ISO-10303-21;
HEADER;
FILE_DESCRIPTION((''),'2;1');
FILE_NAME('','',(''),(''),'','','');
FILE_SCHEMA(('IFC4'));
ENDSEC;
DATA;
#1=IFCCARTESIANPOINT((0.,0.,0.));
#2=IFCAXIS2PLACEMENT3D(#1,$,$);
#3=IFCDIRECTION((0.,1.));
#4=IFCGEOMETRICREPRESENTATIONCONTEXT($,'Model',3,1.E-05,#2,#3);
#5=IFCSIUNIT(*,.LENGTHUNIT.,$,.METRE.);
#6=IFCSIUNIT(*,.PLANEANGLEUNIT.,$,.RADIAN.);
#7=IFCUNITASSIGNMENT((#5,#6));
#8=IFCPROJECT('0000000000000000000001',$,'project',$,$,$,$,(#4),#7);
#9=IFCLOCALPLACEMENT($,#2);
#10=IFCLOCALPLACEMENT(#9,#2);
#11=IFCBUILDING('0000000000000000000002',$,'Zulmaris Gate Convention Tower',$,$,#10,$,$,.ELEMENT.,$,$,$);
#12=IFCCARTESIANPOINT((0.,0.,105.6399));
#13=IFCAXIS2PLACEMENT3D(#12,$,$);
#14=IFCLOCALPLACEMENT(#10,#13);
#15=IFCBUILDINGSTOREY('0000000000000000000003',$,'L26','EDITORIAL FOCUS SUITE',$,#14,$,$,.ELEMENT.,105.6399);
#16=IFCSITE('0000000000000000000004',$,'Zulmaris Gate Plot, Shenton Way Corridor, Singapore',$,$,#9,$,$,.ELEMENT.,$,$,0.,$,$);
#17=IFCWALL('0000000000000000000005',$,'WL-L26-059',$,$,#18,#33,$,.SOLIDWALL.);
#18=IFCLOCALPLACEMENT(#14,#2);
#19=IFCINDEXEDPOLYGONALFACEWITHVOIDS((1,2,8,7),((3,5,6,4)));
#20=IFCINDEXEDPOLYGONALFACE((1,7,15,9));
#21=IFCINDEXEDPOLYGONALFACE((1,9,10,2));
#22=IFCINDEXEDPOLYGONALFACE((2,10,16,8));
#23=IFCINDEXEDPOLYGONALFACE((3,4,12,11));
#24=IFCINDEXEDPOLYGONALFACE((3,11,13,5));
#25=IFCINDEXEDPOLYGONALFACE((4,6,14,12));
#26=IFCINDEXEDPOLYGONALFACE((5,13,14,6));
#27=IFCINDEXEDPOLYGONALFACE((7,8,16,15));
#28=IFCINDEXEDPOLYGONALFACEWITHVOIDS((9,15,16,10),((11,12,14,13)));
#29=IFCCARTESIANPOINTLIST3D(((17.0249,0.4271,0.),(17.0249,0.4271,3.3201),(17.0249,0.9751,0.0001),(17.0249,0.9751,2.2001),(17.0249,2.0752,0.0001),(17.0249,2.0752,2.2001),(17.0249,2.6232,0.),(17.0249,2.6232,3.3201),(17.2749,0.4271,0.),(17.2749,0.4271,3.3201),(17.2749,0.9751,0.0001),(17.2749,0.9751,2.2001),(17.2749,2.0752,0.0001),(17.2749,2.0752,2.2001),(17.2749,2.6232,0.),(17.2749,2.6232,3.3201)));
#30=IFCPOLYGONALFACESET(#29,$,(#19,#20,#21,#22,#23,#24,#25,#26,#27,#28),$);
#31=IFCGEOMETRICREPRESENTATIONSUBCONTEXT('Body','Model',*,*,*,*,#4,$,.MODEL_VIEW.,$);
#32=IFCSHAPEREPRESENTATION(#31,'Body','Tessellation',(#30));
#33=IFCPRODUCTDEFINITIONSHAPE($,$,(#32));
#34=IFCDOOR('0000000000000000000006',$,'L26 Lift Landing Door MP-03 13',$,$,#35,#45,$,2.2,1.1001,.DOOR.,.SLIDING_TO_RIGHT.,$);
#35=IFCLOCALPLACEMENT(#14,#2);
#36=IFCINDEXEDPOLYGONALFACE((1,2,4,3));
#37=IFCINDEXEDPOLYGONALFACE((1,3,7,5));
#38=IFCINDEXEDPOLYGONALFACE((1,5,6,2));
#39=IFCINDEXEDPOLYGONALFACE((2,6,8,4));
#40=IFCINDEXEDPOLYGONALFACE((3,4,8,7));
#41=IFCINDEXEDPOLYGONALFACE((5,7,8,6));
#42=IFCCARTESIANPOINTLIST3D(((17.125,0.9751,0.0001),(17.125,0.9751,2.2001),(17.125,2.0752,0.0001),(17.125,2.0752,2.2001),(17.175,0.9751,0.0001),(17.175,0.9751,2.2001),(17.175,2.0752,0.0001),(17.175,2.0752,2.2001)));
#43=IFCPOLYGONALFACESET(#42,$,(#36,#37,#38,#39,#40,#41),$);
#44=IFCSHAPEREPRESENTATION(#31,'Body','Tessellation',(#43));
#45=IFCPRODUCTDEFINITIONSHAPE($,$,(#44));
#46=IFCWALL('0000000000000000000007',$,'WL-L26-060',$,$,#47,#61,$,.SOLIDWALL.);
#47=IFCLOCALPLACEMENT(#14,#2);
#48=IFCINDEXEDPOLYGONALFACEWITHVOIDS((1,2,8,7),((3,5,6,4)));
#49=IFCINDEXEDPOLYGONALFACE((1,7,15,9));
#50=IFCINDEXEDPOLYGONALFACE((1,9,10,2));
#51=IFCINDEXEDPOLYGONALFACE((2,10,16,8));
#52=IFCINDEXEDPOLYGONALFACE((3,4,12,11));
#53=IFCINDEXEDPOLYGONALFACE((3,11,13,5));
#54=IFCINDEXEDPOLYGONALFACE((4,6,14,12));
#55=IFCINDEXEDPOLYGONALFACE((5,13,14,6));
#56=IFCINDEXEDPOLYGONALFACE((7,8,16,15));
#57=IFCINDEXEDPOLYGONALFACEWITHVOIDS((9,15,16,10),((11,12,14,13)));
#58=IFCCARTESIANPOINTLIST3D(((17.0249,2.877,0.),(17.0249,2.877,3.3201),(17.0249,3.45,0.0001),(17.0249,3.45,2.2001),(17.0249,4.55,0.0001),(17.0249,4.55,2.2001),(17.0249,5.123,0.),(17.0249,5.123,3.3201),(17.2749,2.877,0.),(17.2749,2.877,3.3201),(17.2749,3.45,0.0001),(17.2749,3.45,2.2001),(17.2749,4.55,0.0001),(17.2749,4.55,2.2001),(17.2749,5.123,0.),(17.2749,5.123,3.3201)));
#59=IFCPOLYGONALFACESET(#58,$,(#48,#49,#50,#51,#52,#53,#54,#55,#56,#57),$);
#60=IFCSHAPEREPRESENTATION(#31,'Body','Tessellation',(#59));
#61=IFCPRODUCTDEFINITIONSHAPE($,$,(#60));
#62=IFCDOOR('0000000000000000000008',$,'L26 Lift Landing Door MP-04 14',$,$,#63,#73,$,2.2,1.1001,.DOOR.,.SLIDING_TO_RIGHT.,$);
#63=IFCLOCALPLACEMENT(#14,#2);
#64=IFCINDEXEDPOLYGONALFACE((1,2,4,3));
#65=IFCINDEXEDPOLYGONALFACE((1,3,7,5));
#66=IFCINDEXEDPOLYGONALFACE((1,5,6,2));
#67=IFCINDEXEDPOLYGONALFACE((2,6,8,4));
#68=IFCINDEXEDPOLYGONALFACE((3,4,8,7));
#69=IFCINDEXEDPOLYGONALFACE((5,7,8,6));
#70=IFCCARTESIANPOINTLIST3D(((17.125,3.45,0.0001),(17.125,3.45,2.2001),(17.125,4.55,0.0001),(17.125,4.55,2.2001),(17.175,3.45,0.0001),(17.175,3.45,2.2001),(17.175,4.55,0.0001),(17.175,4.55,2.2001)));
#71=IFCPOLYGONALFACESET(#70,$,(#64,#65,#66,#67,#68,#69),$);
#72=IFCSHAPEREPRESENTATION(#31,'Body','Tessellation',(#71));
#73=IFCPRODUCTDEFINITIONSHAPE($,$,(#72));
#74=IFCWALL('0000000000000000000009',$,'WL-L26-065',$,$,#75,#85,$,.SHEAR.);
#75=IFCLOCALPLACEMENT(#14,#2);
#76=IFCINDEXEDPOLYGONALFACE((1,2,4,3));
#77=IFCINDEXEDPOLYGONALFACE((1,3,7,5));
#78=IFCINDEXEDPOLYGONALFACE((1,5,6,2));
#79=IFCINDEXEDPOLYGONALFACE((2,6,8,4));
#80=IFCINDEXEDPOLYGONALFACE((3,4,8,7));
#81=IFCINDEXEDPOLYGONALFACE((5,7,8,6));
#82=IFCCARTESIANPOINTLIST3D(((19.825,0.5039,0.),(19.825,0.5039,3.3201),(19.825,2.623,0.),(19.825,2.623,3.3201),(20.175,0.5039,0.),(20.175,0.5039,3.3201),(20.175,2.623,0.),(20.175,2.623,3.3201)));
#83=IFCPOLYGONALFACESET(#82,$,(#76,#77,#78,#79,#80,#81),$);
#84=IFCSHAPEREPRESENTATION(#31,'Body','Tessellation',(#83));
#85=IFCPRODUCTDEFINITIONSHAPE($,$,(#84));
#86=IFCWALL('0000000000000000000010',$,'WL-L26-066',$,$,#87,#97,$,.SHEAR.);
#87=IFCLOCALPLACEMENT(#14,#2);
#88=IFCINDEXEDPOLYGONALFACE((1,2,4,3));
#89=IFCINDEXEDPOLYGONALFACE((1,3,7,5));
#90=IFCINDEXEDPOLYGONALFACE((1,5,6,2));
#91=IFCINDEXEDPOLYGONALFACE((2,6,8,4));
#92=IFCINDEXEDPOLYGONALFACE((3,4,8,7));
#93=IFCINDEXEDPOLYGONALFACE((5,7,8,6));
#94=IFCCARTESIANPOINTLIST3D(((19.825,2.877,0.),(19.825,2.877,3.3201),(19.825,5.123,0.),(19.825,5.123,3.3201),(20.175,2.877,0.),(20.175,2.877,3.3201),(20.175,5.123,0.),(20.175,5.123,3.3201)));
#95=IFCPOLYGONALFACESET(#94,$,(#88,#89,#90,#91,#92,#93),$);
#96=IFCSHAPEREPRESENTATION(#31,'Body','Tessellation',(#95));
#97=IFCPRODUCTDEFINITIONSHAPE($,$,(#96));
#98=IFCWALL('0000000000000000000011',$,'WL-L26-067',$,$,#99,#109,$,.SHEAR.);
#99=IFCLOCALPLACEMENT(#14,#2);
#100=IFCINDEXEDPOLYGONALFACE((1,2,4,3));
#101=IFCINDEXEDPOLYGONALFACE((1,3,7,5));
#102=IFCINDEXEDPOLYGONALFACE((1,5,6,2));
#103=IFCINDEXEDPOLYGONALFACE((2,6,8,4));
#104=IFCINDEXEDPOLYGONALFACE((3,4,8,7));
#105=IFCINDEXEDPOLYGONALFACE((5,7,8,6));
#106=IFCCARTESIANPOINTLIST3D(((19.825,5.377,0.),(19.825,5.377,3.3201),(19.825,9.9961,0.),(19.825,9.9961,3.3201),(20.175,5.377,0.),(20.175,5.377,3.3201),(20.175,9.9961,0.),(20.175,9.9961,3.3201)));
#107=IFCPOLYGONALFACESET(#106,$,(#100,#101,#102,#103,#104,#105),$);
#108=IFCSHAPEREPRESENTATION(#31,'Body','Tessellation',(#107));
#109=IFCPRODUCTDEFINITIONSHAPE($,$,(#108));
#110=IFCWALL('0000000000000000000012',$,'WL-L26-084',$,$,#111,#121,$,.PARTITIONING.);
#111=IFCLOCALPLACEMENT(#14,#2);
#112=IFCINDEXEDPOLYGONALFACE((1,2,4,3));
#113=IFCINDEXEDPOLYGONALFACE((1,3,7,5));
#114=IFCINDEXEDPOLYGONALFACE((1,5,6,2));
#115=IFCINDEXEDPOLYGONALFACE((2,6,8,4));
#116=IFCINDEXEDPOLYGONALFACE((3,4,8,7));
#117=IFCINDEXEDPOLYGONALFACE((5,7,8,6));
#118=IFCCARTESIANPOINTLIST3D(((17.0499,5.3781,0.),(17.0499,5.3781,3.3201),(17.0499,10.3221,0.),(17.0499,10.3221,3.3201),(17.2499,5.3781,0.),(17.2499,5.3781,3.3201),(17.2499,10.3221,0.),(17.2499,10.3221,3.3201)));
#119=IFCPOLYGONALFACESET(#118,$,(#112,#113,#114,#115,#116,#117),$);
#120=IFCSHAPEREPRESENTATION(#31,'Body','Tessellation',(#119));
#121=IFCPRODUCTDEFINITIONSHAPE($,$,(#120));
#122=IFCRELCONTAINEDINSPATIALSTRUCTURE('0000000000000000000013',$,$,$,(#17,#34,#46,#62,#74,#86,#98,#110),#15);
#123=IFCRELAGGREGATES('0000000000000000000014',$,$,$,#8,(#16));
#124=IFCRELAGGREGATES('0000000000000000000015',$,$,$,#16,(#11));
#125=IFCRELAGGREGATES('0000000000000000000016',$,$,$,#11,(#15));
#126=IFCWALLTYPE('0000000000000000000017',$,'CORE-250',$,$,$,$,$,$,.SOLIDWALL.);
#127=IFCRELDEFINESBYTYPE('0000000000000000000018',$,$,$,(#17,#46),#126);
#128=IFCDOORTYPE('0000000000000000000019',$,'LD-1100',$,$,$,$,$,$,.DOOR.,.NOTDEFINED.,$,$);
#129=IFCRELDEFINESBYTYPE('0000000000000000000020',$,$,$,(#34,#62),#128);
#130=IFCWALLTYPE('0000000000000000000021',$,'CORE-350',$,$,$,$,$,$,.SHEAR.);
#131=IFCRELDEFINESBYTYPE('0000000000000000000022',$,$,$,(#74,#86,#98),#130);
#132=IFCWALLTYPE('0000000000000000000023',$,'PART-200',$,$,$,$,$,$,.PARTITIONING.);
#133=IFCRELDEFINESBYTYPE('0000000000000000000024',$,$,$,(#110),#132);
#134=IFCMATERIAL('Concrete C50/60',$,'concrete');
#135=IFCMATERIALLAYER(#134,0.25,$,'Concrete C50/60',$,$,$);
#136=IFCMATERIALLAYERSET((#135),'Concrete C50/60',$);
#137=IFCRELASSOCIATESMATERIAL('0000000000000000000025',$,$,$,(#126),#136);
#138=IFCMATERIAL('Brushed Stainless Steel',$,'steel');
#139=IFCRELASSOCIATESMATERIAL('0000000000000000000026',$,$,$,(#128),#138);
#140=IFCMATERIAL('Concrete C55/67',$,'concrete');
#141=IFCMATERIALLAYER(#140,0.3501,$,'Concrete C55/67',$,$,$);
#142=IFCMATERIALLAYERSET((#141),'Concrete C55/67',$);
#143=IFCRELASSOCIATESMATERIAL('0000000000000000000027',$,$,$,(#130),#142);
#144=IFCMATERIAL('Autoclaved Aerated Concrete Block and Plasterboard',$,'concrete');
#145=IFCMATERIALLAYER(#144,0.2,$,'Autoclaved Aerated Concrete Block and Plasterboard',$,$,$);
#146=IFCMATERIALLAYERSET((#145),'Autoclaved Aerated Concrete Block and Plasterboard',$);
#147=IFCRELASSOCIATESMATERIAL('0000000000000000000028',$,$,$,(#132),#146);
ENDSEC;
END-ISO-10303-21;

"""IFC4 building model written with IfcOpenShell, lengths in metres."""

from ifc_helpers import new_model, si_unit, direction, frame, frame_2d, origin, place, context, subcontext, project, spatial, rectangle, extrude, material, layer, layer_set, type_object, element, fill, save


model = new_model("IFC4")

# Units and contexts
model_context = context("Model", 3, precision=1e-05, world=origin(), true_north=direction((0.0, 1.0)))
body_context = subcontext(model_context, "Body", "Model", "MODEL_VIEW")
ifc_project = project(units=[si_unit("LENGTHUNIT", "METRE"), si_unit("PLANEANGLEUNIT", "RADIAN")], contexts=[model_context])

# Site, building, storey
site_placement = place(None, origin())
site = spatial("IfcSite", under=ifc_project, at=site_placement, Name="Zulmaris Gate Plot, Shenton Way Corridor, Singapore", CompositionType="ELEMENT", RefElevation=0.0)
building_placement = place(site_placement, origin())
building = spatial("IfcBuilding", under=site, at=building_placement, Name="Zulmaris Gate Convention Tower", CompositionType="ELEMENT")
storey_placement = place(building_placement, frame((0.0, 0.0, 105.6399)))
storey = spatial("IfcBuildingStorey", under=building, at=storey_placement, Name="L26", Description="EDITORIAL FOCUS SUITE", CompositionType="ELEMENT", Elevation=105.6399)

# Shared definitions
ifc_material_1 = material(Name="Concrete C50/60", Category="concrete")
ifc_layer_1 = layer(ifc_material_1, 0.25, Name="Concrete C50/60")
ifc_layer_set_1 = layer_set([ifc_layer_1], Name="Concrete C50/60")
wall_type_1 = type_object("IfcWallType", Name="CORE-250", PredefinedType="SOLIDWALL", material=ifc_layer_set_1)

# Walls, openings, doors
wall_1_placement = place(storey_placement, frame((17.1499, 0.427, 0.0), z_axis=(0.0, 0.0, 1.0), x_axis=(0.0, 1.0, 0.0)))
wall_1 = element("IfcWall", 1, at=wall_1_placement, inside=storey, type_object=wall_type_1, Name="WL-L26-059", PredefinedType="SOLIDWALL", context=body_context, shape_type="SweptSolid", body=[
    extrude(rectangle(XDim=2.196, YDim=0.25, at=frame_2d((1.0981, 0.0))), origin(), (0.0, 0.0, 1.0), 3.3201),
])
opening_1_placement = place(wall_1_placement, frame((0.5481, 0.0, 0.0)))
opening_1 = element("IfcOpeningElement", 2, at=opening_1_placement, cuts=wall_1, PredefinedType="OPENING", context=body_context, shape_type="SweptSolid", body=[
    extrude(rectangle(XDim=1.1001, YDim=2.2, at=frame_2d((0.55, 1.1001))), frame((0.0, 0.135, 0.0), z_axis=(0.0, -1.0, 0.0), x_axis=(1.0, 0.0, 0.0)), (0.0, 0.0, 1.0), 0.27),
])
ifc_material_2 = material(Name="Brushed Stainless Steel", Category="steel")
door_type = type_object("IfcDoorType", Name="LD-1100", OperationType="NOTDEFINED", PredefinedType="DOOR", material=ifc_material_2)
door_1_placement = place(opening_1_placement, origin())
door_1 = element("IfcDoor", 3, at=door_1_placement, inside=storey, type_object=door_type, Name="L26 Lift Landing Door MP-03 13", OperationType="SLIDING_TO_RIGHT", OverallHeight=2.2, OverallWidth=1.1001, PredefinedType="DOOR", context=body_context, shape_type="SweptSolid", body=[
    extrude(rectangle(XDim=1.1001, YDim=2.2, at=frame_2d((0.55, 1.1001))), frame((0.0, 0.0249, 0.0), z_axis=(0.0, -1.0, 0.0), x_axis=(1.0, 0.0, 0.0)), (0.0, 0.0, 1.0), 0.05),
])
fill(opening_1, door_1)
wall_2_placement = place(storey_placement, frame((17.1499, 2.877, 0.0), z_axis=(0.0, 0.0, 1.0), x_axis=(0.0, 1.0, 0.0)))
wall_2 = element("IfcWall", 4, at=wall_2_placement, inside=storey, type_object=wall_type_1, Name="WL-L26-060", PredefinedType="SOLIDWALL", context=body_context, shape_type="SweptSolid", body=[
    extrude(rectangle(XDim=2.2461, YDim=0.25, at=frame_2d((1.123, 0.0))), origin(), (0.0, 0.0, 1.0), 3.3201),
])
opening_2_placement = place(wall_2_placement, frame((0.573, 0.0, 0.0)))
opening_2 = element("IfcOpeningElement", 5, at=opening_2_placement, cuts=wall_2, PredefinedType="OPENING", context=body_context, shape_type="SweptSolid", body=[
    extrude(rectangle(XDim=1.1001, YDim=2.2, at=frame_2d((0.55, 1.1001))), frame((0.0, 0.135, 0.0), z_axis=(0.0, -1.0, 0.0), x_axis=(1.0, 0.0, 0.0)), (0.0, 0.0, 1.0), 0.27),
])
door_2_placement = place(opening_2_placement, origin())
door_2 = element("IfcDoor", 6, at=door_2_placement, inside=storey, type_object=door_type, Name="L26 Lift Landing Door MP-04 14", OperationType="SLIDING_TO_RIGHT", OverallHeight=2.2, OverallWidth=1.1001, PredefinedType="DOOR", context=body_context, shape_type="SweptSolid", body=[
    extrude(rectangle(XDim=1.1001, YDim=2.2, at=frame_2d((0.55, 1.1001))), frame((0.0, 0.0249, 0.0), z_axis=(0.0, -1.0, 0.0), x_axis=(1.0, 0.0, 0.0)), (0.0, 0.0, 1.0), 0.05),
])
fill(opening_2, door_2)

# Walls
ifc_material_3 = material(Name="Concrete C55/67", Category="concrete")
ifc_layer_2 = layer(ifc_material_3, 0.3501, Name="Concrete C55/67")
ifc_layer_set_2 = layer_set([ifc_layer_2], Name="Concrete C55/67")
wall_type_2 = type_object("IfcWallType", Name="CORE-350", PredefinedType="SHEAR", material=ifc_layer_set_2)
wall_3_placement = place(storey_placement, frame((20.0, 0.5039, 0.0), z_axis=(0.0, 0.0, 1.0), x_axis=(0.0, 1.0, 0.0)))
element("IfcWall", 7, at=wall_3_placement, inside=storey, type_object=wall_type_2, Name="WL-L26-065", PredefinedType="SHEAR", context=body_context, shape_type="SweptSolid", body=[
    extrude(rectangle(XDim=2.1191, YDim=0.3501, at=frame_2d((1.0596, 0.0))), origin(), (0.0, 0.0, 1.0), 3.3201),
])
wall_4_placement = place(storey_placement, frame((20.0, 2.877, 0.0), z_axis=(0.0, 0.0, 1.0), x_axis=(0.0, 1.0, 0.0)))
element("IfcWall", 8, at=wall_4_placement, inside=storey, type_object=wall_type_2, Name="WL-L26-066", PredefinedType="SHEAR", context=body_context, shape_type="SweptSolid", body=[
    extrude(rectangle(XDim=2.2461, YDim=0.3501, at=frame_2d((1.123, 0.0))), origin(), (0.0, 0.0, 1.0), 3.3201),
])
wall_5_placement = place(storey_placement, frame((20.0, 5.377, 0.0), z_axis=(0.0, 0.0, 1.0), x_axis=(0.0, 1.0, 0.0)))
element("IfcWall", 9, at=wall_5_placement, inside=storey, type_object=wall_type_2, Name="WL-L26-067", PredefinedType="SHEAR", context=body_context, shape_type="SweptSolid", body=[
    extrude(rectangle(XDim=4.6191, YDim=0.3501, at=frame_2d((2.3096, 0.0))), origin(), (0.0, 0.0, 1.0), 3.3201),
])
ifc_material_4 = material(Name="Autoclaved Aerated Concrete Block and Plasterboard", Category="concrete")
ifc_layer_3 = layer(ifc_material_4, 0.2, Name="Autoclaved Aerated Concrete Block and Plasterboard")
ifc_layer_set_3 = layer_set([ifc_layer_3], Name="Autoclaved Aerated Concrete Block and Plasterboard")
wall_type_3 = type_object("IfcWallType", Name="PART-200", PredefinedType="PARTITIONING", material=ifc_layer_set_3)
wall_6_placement = place(storey_placement, frame((17.1499, 5.3779, 0.0), z_axis=(0.0, 0.0, 1.0), x_axis=(0.0, 1.0, 0.0)))
element("IfcWall", 10, at=wall_6_placement, inside=storey, type_object=wall_type_3, Name="WL-L26-084", PredefinedType="PARTITIONING", context=body_context, shape_type="SweptSolid", body=[
    extrude(rectangle(XDim=4.9441, YDim=0.2, at=frame_2d((2.4722, 0.0))), origin(), (0.0, 0.0, 1.0), 3.3201),
])

save(model, "model.ifc")
